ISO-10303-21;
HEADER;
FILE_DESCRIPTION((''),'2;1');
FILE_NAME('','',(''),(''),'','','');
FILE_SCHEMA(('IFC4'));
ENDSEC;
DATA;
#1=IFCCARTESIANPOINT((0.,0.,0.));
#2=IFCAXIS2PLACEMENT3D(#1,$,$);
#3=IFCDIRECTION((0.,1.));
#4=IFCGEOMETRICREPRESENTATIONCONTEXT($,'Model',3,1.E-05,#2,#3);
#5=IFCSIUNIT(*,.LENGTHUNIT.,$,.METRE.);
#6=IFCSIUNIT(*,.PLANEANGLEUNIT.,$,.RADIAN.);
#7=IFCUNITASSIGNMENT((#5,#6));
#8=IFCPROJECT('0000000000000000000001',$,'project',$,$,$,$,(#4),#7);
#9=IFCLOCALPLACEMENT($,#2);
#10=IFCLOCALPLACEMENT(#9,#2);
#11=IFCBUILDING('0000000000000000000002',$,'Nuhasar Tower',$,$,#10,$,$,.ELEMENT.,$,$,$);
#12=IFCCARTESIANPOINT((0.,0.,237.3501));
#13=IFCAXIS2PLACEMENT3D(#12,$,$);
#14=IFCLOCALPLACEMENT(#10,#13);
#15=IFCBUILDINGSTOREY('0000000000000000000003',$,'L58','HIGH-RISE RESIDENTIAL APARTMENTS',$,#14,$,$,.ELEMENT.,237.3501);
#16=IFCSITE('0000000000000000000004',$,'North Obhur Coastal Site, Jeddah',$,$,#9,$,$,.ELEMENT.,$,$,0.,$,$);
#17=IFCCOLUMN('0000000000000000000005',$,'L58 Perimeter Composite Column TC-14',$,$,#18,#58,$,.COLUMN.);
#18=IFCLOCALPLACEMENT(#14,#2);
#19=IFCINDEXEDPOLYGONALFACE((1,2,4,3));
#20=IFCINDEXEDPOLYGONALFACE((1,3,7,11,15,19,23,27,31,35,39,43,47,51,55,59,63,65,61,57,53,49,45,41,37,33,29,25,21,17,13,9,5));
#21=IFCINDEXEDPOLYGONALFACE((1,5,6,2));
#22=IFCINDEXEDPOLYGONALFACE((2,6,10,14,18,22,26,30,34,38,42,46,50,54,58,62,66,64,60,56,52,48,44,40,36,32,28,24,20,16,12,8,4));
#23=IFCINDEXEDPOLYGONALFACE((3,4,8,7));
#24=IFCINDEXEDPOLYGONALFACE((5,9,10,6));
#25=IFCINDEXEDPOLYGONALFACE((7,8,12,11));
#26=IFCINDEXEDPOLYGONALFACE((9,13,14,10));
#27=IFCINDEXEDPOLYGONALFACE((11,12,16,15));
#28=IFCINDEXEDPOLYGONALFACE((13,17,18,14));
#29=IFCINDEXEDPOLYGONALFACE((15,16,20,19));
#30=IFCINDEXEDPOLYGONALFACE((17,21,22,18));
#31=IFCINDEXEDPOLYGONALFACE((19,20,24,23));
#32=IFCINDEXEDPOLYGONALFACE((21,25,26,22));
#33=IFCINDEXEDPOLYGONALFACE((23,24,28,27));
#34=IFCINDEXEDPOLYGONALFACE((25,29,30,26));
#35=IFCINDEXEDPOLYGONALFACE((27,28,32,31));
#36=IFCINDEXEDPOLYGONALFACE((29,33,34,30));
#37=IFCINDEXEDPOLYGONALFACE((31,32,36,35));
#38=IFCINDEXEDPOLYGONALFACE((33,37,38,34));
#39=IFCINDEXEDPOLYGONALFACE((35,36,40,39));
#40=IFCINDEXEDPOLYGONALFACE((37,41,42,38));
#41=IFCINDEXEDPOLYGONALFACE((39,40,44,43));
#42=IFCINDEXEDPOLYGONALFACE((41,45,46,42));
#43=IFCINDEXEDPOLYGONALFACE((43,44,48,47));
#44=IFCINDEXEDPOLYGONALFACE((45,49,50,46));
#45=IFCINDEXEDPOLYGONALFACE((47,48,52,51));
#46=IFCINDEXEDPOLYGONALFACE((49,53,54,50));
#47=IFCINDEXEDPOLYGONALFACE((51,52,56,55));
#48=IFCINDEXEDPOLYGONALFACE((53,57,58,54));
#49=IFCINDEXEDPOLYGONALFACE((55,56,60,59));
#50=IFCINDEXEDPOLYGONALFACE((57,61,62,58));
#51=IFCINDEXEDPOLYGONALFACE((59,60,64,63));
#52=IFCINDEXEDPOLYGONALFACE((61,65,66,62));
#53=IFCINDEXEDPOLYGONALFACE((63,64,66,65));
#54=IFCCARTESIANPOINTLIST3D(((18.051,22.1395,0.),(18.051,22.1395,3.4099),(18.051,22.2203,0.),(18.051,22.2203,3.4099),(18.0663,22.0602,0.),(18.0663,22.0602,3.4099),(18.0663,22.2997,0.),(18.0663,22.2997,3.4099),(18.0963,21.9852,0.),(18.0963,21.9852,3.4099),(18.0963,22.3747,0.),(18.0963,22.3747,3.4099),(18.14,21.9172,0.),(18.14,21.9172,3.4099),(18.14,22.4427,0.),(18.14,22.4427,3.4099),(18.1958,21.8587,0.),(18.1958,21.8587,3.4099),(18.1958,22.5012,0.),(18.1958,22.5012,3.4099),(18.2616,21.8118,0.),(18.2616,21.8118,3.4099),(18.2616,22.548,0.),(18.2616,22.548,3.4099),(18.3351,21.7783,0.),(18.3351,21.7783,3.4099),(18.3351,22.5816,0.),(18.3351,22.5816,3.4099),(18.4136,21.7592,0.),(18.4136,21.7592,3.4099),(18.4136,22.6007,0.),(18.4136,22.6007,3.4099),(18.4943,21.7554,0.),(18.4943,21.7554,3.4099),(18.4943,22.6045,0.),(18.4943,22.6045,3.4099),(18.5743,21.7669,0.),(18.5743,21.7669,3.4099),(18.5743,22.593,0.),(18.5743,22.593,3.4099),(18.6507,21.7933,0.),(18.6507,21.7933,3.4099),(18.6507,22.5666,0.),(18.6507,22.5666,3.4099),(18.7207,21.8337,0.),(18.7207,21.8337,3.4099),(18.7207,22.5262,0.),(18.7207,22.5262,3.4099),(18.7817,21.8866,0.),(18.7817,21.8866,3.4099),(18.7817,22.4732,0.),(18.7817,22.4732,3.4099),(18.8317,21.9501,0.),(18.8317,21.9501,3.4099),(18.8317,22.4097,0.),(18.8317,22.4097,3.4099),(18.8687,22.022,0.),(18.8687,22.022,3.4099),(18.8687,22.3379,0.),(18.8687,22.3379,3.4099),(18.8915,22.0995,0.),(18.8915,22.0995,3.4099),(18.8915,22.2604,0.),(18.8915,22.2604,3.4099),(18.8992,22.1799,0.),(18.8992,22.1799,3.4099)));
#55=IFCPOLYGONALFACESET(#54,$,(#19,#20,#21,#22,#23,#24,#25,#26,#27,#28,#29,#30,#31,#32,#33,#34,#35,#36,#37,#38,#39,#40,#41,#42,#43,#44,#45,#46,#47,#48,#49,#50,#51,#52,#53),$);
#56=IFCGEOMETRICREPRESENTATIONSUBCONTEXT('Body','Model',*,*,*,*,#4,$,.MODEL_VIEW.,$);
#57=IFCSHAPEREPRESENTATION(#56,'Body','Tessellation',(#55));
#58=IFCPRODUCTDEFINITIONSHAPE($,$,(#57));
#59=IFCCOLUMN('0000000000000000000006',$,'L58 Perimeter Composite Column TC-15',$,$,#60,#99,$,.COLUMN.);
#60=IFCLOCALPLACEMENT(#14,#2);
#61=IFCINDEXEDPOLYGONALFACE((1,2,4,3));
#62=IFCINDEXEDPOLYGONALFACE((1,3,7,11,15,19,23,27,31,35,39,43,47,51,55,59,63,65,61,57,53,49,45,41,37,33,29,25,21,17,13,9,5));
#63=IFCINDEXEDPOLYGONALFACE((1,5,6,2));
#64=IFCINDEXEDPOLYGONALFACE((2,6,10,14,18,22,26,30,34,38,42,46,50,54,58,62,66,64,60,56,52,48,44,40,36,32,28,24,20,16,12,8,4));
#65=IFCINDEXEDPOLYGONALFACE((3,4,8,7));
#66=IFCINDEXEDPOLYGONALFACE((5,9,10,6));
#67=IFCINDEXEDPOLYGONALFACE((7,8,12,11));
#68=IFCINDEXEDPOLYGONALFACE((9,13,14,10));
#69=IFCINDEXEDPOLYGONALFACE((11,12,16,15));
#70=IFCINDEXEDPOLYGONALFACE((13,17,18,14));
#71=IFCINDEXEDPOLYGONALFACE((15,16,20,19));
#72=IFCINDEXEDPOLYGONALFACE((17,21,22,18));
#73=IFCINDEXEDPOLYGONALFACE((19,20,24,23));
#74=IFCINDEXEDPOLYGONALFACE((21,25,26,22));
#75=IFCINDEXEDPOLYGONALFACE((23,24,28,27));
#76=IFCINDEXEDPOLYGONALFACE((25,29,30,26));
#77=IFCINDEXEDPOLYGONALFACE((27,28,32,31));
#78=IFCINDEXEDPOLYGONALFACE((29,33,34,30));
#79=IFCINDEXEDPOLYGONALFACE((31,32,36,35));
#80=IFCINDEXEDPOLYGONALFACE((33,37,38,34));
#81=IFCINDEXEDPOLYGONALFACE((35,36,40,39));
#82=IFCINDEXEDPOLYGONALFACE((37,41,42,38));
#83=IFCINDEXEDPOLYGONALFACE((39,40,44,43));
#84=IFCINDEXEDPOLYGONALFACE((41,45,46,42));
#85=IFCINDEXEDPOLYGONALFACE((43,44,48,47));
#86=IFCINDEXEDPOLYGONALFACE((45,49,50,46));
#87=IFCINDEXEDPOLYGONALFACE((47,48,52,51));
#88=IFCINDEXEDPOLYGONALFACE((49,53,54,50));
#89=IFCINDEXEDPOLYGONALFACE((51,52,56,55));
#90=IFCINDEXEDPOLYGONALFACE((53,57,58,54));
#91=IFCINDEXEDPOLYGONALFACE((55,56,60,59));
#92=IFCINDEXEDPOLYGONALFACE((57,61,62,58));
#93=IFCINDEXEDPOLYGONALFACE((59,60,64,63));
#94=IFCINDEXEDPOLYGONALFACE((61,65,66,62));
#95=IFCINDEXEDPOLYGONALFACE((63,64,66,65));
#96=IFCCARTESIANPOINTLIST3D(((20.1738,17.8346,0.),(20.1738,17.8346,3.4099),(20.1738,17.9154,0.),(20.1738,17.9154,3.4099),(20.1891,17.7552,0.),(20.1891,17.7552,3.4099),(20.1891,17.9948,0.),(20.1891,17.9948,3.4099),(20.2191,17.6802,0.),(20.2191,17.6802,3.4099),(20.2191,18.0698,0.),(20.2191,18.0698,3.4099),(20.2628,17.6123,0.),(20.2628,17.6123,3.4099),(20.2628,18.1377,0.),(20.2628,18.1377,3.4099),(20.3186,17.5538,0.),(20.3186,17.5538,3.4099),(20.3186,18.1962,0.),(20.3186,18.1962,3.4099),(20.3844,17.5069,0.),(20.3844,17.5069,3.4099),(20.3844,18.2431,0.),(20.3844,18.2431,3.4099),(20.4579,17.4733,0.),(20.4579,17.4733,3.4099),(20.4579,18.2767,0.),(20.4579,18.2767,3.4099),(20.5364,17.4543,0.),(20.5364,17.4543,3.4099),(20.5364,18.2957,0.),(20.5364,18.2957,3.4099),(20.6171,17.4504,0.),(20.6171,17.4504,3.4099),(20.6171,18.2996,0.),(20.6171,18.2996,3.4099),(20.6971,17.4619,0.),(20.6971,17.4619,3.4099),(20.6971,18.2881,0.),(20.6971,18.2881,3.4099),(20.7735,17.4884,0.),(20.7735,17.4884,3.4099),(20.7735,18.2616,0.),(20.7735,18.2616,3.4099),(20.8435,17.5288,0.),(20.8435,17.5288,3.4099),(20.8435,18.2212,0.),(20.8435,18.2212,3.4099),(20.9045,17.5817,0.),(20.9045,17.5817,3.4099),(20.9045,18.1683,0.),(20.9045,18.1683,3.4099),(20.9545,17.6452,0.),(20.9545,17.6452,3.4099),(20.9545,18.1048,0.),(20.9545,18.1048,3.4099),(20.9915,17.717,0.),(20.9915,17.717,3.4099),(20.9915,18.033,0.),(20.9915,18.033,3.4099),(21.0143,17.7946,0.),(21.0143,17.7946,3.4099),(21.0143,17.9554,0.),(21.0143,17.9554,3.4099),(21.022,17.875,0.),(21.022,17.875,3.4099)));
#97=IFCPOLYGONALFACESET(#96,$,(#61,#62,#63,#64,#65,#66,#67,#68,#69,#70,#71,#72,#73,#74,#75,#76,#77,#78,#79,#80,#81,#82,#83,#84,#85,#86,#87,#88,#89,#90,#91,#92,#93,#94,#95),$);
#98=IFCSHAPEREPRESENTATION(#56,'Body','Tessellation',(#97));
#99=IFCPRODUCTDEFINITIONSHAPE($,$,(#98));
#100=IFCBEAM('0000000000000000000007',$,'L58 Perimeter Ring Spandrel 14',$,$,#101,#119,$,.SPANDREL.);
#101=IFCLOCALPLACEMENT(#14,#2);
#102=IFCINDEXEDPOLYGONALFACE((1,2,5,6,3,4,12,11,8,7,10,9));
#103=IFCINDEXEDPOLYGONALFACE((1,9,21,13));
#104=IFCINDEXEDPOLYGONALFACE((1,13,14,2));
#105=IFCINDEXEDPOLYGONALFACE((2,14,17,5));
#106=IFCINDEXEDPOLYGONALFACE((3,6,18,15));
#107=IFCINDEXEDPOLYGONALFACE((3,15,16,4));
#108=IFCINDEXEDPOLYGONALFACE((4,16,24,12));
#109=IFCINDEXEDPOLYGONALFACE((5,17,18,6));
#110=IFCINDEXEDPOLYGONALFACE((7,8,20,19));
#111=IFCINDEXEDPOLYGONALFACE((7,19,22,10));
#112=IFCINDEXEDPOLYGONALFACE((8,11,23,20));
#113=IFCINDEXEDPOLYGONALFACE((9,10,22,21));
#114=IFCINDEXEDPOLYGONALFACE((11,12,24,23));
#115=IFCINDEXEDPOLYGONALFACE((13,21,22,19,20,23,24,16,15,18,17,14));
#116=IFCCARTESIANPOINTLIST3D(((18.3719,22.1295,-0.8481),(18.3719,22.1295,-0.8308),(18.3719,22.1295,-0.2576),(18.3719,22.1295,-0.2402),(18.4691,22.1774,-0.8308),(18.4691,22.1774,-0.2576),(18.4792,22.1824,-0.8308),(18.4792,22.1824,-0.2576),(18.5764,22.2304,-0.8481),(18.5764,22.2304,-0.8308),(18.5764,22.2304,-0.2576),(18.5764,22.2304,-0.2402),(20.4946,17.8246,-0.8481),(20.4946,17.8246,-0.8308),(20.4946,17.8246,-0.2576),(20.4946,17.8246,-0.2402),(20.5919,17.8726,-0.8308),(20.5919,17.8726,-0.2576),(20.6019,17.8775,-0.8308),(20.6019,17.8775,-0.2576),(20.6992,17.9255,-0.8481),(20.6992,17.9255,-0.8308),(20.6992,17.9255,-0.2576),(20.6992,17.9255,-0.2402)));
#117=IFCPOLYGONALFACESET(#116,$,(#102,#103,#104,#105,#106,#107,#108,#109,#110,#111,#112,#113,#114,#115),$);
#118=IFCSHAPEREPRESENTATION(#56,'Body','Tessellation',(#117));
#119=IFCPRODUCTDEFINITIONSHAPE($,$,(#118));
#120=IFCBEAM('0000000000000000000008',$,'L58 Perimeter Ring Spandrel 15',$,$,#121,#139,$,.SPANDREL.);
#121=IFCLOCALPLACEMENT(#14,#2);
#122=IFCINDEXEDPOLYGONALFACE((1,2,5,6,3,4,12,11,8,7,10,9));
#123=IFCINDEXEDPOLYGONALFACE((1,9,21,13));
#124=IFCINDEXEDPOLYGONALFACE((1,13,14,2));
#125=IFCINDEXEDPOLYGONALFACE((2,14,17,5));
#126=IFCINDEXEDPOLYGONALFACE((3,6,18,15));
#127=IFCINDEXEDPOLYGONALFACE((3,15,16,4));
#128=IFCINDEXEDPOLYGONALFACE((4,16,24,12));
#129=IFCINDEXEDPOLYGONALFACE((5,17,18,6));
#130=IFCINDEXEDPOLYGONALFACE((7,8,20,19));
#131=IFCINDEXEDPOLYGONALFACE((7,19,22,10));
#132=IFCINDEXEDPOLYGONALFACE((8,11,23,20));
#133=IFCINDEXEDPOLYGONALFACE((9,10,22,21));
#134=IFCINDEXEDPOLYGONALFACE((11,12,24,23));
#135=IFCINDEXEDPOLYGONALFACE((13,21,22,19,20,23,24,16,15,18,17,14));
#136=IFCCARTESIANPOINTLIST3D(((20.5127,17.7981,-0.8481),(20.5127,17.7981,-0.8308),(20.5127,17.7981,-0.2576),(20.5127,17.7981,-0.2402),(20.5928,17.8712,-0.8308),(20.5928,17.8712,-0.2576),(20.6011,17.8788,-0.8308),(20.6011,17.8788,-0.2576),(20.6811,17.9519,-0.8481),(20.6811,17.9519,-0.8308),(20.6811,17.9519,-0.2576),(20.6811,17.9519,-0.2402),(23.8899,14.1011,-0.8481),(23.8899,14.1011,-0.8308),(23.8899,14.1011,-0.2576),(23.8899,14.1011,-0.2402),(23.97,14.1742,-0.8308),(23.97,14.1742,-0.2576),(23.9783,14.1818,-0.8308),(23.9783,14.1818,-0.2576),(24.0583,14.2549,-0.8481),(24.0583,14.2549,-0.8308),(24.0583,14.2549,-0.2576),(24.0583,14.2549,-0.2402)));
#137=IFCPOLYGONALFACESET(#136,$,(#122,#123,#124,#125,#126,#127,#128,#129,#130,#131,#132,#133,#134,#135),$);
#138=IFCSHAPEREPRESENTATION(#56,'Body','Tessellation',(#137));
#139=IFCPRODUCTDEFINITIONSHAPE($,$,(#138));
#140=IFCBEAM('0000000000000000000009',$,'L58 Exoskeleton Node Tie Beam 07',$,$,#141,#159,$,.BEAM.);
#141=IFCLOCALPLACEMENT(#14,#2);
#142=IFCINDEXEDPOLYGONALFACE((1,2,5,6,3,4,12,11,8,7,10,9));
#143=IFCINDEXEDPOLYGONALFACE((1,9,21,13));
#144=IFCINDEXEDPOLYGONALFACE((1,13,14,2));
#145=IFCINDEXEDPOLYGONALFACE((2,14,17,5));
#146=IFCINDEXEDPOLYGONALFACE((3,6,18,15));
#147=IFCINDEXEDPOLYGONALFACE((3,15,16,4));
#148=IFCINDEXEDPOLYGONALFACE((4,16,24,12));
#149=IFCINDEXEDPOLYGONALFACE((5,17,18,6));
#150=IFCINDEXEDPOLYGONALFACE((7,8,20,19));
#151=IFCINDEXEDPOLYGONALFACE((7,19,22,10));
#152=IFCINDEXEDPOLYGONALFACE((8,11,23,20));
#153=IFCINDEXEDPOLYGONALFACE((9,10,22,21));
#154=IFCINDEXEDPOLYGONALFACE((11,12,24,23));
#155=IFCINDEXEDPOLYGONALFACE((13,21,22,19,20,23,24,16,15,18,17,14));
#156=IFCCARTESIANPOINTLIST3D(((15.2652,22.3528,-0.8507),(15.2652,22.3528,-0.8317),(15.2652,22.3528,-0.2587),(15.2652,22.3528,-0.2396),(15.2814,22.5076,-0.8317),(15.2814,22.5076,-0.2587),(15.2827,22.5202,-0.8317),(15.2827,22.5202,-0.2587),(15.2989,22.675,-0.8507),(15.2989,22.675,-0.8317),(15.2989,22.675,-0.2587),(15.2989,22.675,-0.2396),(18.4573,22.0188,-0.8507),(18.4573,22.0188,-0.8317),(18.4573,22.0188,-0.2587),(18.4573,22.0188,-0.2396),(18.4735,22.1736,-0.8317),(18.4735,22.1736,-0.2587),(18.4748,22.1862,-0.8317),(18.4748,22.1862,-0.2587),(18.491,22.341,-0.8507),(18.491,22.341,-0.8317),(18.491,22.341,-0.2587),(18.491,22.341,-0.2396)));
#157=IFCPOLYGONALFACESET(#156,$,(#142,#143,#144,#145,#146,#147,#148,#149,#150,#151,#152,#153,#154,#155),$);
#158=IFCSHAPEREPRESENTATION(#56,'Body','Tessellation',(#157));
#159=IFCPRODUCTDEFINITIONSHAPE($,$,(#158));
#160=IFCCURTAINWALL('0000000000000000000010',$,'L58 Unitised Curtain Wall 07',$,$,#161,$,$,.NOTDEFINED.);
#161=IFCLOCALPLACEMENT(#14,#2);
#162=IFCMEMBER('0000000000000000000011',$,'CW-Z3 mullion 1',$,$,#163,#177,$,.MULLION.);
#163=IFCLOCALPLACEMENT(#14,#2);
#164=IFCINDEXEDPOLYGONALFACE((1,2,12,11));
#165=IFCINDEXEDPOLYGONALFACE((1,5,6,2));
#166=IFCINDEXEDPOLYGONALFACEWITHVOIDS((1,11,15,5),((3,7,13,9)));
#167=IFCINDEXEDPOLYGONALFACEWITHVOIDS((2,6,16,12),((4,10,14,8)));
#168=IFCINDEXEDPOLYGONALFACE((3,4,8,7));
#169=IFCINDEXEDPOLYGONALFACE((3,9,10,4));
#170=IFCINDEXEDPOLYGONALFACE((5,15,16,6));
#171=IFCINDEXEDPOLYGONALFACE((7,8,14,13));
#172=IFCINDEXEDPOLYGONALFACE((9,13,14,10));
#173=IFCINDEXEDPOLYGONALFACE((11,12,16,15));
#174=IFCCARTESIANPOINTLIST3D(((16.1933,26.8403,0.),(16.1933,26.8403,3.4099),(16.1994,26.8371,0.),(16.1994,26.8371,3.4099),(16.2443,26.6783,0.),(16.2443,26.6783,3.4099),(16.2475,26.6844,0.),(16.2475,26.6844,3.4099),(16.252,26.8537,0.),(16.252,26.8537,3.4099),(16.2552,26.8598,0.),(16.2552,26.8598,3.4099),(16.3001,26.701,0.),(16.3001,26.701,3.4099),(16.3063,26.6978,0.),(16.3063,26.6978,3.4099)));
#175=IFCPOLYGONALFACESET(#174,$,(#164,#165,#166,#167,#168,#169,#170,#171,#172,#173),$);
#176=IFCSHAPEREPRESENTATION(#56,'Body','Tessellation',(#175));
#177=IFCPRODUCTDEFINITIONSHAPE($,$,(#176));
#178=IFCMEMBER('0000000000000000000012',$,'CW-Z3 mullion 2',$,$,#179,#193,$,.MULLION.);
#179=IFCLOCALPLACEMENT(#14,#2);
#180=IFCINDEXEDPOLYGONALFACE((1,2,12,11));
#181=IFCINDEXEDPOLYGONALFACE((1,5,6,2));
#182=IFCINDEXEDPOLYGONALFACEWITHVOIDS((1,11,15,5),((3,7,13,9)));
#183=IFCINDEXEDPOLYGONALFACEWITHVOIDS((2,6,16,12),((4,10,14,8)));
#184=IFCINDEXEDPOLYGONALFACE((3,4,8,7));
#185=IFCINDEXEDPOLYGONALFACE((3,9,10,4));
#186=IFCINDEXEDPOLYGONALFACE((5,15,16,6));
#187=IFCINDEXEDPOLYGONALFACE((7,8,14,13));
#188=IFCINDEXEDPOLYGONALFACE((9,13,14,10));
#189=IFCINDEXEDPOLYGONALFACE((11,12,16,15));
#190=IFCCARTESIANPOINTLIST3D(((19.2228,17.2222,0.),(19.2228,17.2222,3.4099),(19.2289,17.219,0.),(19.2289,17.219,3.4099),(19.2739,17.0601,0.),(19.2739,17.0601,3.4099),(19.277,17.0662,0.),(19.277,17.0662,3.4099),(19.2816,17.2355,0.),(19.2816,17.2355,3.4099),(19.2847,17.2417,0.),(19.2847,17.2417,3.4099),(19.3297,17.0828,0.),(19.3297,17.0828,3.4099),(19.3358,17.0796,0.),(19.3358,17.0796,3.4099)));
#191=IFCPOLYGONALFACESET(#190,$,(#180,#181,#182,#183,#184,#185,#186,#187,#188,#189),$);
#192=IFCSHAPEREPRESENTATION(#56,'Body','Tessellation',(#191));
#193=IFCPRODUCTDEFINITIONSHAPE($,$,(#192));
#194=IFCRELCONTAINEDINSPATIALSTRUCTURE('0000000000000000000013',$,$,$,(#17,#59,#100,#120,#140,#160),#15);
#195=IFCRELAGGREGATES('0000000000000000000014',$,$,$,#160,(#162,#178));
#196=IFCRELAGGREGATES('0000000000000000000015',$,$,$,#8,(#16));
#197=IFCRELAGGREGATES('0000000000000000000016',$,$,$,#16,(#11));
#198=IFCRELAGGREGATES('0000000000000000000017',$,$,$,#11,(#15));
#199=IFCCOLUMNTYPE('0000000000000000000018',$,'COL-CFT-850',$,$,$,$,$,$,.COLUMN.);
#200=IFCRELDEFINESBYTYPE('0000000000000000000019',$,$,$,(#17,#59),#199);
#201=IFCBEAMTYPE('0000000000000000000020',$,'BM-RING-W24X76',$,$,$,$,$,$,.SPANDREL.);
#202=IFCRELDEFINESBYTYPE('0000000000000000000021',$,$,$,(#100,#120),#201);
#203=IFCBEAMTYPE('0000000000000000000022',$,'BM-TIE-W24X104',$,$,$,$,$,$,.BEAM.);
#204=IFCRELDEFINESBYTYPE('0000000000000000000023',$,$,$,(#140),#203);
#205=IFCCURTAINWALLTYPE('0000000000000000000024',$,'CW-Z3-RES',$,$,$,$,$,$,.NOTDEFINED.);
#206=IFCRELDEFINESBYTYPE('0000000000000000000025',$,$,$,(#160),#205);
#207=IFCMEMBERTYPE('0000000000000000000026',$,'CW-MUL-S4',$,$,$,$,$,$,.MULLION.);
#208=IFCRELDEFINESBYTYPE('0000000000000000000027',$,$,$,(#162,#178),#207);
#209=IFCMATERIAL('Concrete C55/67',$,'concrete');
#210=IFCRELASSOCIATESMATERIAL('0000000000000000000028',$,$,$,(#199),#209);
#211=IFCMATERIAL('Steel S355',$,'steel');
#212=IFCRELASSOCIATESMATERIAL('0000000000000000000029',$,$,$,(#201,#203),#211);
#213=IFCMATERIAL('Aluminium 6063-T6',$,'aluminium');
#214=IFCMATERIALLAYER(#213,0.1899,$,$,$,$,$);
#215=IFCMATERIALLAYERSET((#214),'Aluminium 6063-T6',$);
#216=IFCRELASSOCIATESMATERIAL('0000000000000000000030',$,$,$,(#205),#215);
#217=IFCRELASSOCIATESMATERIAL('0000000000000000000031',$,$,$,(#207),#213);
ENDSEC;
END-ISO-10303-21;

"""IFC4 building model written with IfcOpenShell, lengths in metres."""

from ifc_helpers import new_model, si_unit, direction, frame, origin, origin_2d, place, context, subcontext, project, spatial, hollow_rectangle, circle, i_section, extrude, material, layer, layer_set, material_profile, profile_set, type_object, element, aggregate, save


model = new_model("IFC4")

# Units and contexts
model_context = context("Model", 3, precision=1e-05, world=origin(), true_north=direction((0.0, 1.0)))
body_context = subcontext(model_context, "Body", "Model", "MODEL_VIEW")
ifc_project = project(units=[si_unit("LENGTHUNIT", "METRE"), si_unit("PLANEANGLEUNIT", "RADIAN")], contexts=[model_context])

# Site, building, storey
site_placement = place(None, origin())
site = spatial("IfcSite", under=ifc_project, at=site_placement, Name="North Obhur Coastal Site, Jeddah", CompositionType="ELEMENT", RefElevation=0.0)
building_placement = place(site_placement, origin())
building = spatial("IfcBuilding", under=site, at=building_placement, Name="Nuhasar Tower", CompositionType="ELEMENT")
storey_placement = place(building_placement, frame((0.0, 0.0, 237.3501)))
storey = spatial("IfcBuildingStorey", under=building, at=storey_placement, Name="L58", Description="HIGH-RISE RESIDENTIAL APARTMENTS", CompositionType="ELEMENT", Elevation=237.3501)

# Columns
ifc_material_1 = material(Name="Concrete C55/67", Category="concrete")
ifc_material_profile_1 = material_profile(ifc_material_1, circle(Radius=0.425, at=origin_2d()), Name="CFT850")
ifc_profile_set_1 = profile_set([ifc_material_profile_1], Name="Concrete C55/67")
column_type = type_object("IfcColumnType", Name="COL-CFT-850", PredefinedType="COLUMN", material=ifc_profile_set_1)
for number, where, z_axis, x_axis, name in (
    (1, (18.4741, 22.1799, 0.0), (0.0, 0.0, 1.0), (1.0, 0.0, 0.0), "L58 Perimeter Composite Column TC-14"),
    (2, (20.5969, 17.875, 0.0), (0.0, 0.0, 1.0), (1.0, 0.0, 0.0), "L58 Perimeter Composite Column TC-15"),
):
    element("IfcColumn", number, at=place(storey_placement, frame(where, z_axis=z_axis, x_axis=x_axis)), inside=storey, type_object=column_type, Name=name, PredefinedType="COLUMN", context=body_context, shape_type="SweptSolid", body=[
        extrude(circle(Radius=0.425, at=origin_2d()), origin(), (0.0, 0.0, 1.0), 3.4099),
    ])

# Beams
ifc_material_2 = material(Name="Steel S355", Category="steel")
ifc_material_profile_2 = material_profile(ifc_material_2, i_section(OverallWidth=0.228, OverallDepth=0.6079, WebThickness=0.0112, FlangeThickness=0.0173, at=origin_2d()), Name="W24X76")
ifc_profile_set_2 = profile_set([ifc_material_profile_2], Name="Steel S355")
beam_type_1 = type_object("IfcBeamType", Name="BM-RING-W24X76", PredefinedType="SPANDREL", material=ifc_profile_set_2)
beam_1_placement = place(storey_placement, frame((18.4741, 22.1799, -0.5442), z_axis=(0.442263, -0.896886, 0.0), x_axis=(0.896886, 0.442263, 0.0)))
element("IfcBeam", 3, at=beam_1_placement, inside=storey, type_object=beam_type_1, Name="L58 Perimeter Ring Spandrel 14", PredefinedType="SPANDREL", context=body_context, shape_type="SweptSolid", body=[
    extrude(i_section(OverallWidth=0.228, OverallDepth=0.6079, WebThickness=0.0112, FlangeThickness=0.0173, at=origin_2d()), origin(), (0.0, 0.0, 1.0), 4.7998),
])
beam_2_placement = place(storey_placement, frame((20.5969, 17.875, -0.5442), z_axis=(0.67445, -0.738321, 0.0), x_axis=(0.738321, 0.67445, 0.0)))
element("IfcBeam", 4, at=beam_2_placement, inside=storey, type_object=beam_type_1, Name="L58 Perimeter Ring Spandrel 15", PredefinedType="SPANDREL", context=body_context, shape_type="SweptSolid", body=[
    extrude(i_section(OverallWidth=0.228, OverallDepth=0.6079, WebThickness=0.0112, FlangeThickness=0.0173, at=origin_2d()), origin(), (0.0, 0.0, 1.0), 5.0073),
])
ifc_material_profile_3 = material_profile(ifc_material_2, i_section(OverallWidth=0.324, OverallDepth=0.6111, WebThickness=0.0127, FlangeThickness=0.019, at=origin_2d()), Name="W24X104")
ifc_profile_set_3 = profile_set([ifc_material_profile_3], Name="Steel S355")
beam_type_2 = type_object("IfcBeamType", Name="BM-TIE-W24X104", PredefinedType="BEAM", material=ifc_profile_set_3)
beam_3_placement = place(storey_placement, frame((18.4741, 22.1799, -0.5452), z_axis=(-0.994571, 0.104059, 0.0), x_axis=(-0.104059, -0.994571, 0.0)))
element("IfcBeam", 5, at=beam_3_placement, inside=storey, type_object=beam_type_2, Name="L58 Exoskeleton Node Tie Beam 07", PredefinedType="BEAM", context=body_context, shape_type="SweptSolid", body=[
    extrude(i_section(OverallWidth=0.324, OverallDepth=0.6111, WebThickness=0.0127, FlangeThickness=0.019, at=origin_2d()), origin(), (0.0, 0.0, 1.0), 3.2095),
])

# Curtain wall, members
ifc_material_3 = material(Name="Aluminium 6063-T6", Category="aluminium")
ifc_layer_1 = layer(ifc_material_3, 0.1899)
ifc_layer_set_1 = layer_set([ifc_layer_1], Name="Aluminium 6063-T6")
curtain_wall_type = type_object("IfcCurtainWallType", Name="CW-Z3-RES", PredefinedType="NOTDEFINED", material=ifc_layer_set_1)
curtain_wall_1_placement = place(storey_placement, origin())
curtain_wall_1 = element("IfcCurtainWall", 6, at=curtain_wall_1_placement, inside=storey, type_object=curtain_wall_type, Name="L58 Unitised Curtain Wall 07", PredefinedType="NOTDEFINED")
ifc_material_profile_4 = material_profile(ifc_material_3, hollow_rectangle(XDim=0.0649, YDim=0.1699, WallThickness=0.0049, at=origin_2d()), Name="CWM-4")
ifc_profile_set_4 = profile_set([ifc_material_profile_4], Name="Aluminium 6063-T6")
member_type_1 = type_object("IfcMemberType", Name="CW-MUL-S4", PredefinedType="MULLION", material=ifc_profile_set_4)
member_1_placement = place(storey_placement, frame((16.2498, 26.769, 0.0), z_axis=(0.0, 0.0, 1.0), x_axis=(0.953804, 0.300429, 0.0)))
member_1 = element("IfcMember", 7, at=member_1_placement, type_object=member_type_1, Name="CW-Z3 mullion 1", PredefinedType="MULLION", context=body_context, shape_type="SweptSolid", body=[
    extrude(hollow_rectangle(XDim=0.0649, YDim=0.1699, WallThickness=0.0049, at=origin_2d()), origin(), (0.0, 0.0, 1.0), 3.4099),
])
member_2_placement = place(storey_placement, frame((19.2793, 17.1509, 0.0), z_axis=(0.0, 0.0, 1.0), x_axis=(0.953804, 0.300429, 0.0)))
member_2 = element("IfcMember", 8, at=member_2_placement, type_object=member_type_1, Name="CW-Z3 mullion 2", PredefinedType="MULLION", context=body_context, shape_type="SweptSolid", body=[
    extrude(hollow_rectangle(XDim=0.0649, YDim=0.1699, WallThickness=0.0049, at=origin_2d()), origin(), (0.0, 0.0, 1.0), 3.4099),
])

aggregate(curtain_wall_1, [member_1, member_2])

save(model, "model.ifc")
